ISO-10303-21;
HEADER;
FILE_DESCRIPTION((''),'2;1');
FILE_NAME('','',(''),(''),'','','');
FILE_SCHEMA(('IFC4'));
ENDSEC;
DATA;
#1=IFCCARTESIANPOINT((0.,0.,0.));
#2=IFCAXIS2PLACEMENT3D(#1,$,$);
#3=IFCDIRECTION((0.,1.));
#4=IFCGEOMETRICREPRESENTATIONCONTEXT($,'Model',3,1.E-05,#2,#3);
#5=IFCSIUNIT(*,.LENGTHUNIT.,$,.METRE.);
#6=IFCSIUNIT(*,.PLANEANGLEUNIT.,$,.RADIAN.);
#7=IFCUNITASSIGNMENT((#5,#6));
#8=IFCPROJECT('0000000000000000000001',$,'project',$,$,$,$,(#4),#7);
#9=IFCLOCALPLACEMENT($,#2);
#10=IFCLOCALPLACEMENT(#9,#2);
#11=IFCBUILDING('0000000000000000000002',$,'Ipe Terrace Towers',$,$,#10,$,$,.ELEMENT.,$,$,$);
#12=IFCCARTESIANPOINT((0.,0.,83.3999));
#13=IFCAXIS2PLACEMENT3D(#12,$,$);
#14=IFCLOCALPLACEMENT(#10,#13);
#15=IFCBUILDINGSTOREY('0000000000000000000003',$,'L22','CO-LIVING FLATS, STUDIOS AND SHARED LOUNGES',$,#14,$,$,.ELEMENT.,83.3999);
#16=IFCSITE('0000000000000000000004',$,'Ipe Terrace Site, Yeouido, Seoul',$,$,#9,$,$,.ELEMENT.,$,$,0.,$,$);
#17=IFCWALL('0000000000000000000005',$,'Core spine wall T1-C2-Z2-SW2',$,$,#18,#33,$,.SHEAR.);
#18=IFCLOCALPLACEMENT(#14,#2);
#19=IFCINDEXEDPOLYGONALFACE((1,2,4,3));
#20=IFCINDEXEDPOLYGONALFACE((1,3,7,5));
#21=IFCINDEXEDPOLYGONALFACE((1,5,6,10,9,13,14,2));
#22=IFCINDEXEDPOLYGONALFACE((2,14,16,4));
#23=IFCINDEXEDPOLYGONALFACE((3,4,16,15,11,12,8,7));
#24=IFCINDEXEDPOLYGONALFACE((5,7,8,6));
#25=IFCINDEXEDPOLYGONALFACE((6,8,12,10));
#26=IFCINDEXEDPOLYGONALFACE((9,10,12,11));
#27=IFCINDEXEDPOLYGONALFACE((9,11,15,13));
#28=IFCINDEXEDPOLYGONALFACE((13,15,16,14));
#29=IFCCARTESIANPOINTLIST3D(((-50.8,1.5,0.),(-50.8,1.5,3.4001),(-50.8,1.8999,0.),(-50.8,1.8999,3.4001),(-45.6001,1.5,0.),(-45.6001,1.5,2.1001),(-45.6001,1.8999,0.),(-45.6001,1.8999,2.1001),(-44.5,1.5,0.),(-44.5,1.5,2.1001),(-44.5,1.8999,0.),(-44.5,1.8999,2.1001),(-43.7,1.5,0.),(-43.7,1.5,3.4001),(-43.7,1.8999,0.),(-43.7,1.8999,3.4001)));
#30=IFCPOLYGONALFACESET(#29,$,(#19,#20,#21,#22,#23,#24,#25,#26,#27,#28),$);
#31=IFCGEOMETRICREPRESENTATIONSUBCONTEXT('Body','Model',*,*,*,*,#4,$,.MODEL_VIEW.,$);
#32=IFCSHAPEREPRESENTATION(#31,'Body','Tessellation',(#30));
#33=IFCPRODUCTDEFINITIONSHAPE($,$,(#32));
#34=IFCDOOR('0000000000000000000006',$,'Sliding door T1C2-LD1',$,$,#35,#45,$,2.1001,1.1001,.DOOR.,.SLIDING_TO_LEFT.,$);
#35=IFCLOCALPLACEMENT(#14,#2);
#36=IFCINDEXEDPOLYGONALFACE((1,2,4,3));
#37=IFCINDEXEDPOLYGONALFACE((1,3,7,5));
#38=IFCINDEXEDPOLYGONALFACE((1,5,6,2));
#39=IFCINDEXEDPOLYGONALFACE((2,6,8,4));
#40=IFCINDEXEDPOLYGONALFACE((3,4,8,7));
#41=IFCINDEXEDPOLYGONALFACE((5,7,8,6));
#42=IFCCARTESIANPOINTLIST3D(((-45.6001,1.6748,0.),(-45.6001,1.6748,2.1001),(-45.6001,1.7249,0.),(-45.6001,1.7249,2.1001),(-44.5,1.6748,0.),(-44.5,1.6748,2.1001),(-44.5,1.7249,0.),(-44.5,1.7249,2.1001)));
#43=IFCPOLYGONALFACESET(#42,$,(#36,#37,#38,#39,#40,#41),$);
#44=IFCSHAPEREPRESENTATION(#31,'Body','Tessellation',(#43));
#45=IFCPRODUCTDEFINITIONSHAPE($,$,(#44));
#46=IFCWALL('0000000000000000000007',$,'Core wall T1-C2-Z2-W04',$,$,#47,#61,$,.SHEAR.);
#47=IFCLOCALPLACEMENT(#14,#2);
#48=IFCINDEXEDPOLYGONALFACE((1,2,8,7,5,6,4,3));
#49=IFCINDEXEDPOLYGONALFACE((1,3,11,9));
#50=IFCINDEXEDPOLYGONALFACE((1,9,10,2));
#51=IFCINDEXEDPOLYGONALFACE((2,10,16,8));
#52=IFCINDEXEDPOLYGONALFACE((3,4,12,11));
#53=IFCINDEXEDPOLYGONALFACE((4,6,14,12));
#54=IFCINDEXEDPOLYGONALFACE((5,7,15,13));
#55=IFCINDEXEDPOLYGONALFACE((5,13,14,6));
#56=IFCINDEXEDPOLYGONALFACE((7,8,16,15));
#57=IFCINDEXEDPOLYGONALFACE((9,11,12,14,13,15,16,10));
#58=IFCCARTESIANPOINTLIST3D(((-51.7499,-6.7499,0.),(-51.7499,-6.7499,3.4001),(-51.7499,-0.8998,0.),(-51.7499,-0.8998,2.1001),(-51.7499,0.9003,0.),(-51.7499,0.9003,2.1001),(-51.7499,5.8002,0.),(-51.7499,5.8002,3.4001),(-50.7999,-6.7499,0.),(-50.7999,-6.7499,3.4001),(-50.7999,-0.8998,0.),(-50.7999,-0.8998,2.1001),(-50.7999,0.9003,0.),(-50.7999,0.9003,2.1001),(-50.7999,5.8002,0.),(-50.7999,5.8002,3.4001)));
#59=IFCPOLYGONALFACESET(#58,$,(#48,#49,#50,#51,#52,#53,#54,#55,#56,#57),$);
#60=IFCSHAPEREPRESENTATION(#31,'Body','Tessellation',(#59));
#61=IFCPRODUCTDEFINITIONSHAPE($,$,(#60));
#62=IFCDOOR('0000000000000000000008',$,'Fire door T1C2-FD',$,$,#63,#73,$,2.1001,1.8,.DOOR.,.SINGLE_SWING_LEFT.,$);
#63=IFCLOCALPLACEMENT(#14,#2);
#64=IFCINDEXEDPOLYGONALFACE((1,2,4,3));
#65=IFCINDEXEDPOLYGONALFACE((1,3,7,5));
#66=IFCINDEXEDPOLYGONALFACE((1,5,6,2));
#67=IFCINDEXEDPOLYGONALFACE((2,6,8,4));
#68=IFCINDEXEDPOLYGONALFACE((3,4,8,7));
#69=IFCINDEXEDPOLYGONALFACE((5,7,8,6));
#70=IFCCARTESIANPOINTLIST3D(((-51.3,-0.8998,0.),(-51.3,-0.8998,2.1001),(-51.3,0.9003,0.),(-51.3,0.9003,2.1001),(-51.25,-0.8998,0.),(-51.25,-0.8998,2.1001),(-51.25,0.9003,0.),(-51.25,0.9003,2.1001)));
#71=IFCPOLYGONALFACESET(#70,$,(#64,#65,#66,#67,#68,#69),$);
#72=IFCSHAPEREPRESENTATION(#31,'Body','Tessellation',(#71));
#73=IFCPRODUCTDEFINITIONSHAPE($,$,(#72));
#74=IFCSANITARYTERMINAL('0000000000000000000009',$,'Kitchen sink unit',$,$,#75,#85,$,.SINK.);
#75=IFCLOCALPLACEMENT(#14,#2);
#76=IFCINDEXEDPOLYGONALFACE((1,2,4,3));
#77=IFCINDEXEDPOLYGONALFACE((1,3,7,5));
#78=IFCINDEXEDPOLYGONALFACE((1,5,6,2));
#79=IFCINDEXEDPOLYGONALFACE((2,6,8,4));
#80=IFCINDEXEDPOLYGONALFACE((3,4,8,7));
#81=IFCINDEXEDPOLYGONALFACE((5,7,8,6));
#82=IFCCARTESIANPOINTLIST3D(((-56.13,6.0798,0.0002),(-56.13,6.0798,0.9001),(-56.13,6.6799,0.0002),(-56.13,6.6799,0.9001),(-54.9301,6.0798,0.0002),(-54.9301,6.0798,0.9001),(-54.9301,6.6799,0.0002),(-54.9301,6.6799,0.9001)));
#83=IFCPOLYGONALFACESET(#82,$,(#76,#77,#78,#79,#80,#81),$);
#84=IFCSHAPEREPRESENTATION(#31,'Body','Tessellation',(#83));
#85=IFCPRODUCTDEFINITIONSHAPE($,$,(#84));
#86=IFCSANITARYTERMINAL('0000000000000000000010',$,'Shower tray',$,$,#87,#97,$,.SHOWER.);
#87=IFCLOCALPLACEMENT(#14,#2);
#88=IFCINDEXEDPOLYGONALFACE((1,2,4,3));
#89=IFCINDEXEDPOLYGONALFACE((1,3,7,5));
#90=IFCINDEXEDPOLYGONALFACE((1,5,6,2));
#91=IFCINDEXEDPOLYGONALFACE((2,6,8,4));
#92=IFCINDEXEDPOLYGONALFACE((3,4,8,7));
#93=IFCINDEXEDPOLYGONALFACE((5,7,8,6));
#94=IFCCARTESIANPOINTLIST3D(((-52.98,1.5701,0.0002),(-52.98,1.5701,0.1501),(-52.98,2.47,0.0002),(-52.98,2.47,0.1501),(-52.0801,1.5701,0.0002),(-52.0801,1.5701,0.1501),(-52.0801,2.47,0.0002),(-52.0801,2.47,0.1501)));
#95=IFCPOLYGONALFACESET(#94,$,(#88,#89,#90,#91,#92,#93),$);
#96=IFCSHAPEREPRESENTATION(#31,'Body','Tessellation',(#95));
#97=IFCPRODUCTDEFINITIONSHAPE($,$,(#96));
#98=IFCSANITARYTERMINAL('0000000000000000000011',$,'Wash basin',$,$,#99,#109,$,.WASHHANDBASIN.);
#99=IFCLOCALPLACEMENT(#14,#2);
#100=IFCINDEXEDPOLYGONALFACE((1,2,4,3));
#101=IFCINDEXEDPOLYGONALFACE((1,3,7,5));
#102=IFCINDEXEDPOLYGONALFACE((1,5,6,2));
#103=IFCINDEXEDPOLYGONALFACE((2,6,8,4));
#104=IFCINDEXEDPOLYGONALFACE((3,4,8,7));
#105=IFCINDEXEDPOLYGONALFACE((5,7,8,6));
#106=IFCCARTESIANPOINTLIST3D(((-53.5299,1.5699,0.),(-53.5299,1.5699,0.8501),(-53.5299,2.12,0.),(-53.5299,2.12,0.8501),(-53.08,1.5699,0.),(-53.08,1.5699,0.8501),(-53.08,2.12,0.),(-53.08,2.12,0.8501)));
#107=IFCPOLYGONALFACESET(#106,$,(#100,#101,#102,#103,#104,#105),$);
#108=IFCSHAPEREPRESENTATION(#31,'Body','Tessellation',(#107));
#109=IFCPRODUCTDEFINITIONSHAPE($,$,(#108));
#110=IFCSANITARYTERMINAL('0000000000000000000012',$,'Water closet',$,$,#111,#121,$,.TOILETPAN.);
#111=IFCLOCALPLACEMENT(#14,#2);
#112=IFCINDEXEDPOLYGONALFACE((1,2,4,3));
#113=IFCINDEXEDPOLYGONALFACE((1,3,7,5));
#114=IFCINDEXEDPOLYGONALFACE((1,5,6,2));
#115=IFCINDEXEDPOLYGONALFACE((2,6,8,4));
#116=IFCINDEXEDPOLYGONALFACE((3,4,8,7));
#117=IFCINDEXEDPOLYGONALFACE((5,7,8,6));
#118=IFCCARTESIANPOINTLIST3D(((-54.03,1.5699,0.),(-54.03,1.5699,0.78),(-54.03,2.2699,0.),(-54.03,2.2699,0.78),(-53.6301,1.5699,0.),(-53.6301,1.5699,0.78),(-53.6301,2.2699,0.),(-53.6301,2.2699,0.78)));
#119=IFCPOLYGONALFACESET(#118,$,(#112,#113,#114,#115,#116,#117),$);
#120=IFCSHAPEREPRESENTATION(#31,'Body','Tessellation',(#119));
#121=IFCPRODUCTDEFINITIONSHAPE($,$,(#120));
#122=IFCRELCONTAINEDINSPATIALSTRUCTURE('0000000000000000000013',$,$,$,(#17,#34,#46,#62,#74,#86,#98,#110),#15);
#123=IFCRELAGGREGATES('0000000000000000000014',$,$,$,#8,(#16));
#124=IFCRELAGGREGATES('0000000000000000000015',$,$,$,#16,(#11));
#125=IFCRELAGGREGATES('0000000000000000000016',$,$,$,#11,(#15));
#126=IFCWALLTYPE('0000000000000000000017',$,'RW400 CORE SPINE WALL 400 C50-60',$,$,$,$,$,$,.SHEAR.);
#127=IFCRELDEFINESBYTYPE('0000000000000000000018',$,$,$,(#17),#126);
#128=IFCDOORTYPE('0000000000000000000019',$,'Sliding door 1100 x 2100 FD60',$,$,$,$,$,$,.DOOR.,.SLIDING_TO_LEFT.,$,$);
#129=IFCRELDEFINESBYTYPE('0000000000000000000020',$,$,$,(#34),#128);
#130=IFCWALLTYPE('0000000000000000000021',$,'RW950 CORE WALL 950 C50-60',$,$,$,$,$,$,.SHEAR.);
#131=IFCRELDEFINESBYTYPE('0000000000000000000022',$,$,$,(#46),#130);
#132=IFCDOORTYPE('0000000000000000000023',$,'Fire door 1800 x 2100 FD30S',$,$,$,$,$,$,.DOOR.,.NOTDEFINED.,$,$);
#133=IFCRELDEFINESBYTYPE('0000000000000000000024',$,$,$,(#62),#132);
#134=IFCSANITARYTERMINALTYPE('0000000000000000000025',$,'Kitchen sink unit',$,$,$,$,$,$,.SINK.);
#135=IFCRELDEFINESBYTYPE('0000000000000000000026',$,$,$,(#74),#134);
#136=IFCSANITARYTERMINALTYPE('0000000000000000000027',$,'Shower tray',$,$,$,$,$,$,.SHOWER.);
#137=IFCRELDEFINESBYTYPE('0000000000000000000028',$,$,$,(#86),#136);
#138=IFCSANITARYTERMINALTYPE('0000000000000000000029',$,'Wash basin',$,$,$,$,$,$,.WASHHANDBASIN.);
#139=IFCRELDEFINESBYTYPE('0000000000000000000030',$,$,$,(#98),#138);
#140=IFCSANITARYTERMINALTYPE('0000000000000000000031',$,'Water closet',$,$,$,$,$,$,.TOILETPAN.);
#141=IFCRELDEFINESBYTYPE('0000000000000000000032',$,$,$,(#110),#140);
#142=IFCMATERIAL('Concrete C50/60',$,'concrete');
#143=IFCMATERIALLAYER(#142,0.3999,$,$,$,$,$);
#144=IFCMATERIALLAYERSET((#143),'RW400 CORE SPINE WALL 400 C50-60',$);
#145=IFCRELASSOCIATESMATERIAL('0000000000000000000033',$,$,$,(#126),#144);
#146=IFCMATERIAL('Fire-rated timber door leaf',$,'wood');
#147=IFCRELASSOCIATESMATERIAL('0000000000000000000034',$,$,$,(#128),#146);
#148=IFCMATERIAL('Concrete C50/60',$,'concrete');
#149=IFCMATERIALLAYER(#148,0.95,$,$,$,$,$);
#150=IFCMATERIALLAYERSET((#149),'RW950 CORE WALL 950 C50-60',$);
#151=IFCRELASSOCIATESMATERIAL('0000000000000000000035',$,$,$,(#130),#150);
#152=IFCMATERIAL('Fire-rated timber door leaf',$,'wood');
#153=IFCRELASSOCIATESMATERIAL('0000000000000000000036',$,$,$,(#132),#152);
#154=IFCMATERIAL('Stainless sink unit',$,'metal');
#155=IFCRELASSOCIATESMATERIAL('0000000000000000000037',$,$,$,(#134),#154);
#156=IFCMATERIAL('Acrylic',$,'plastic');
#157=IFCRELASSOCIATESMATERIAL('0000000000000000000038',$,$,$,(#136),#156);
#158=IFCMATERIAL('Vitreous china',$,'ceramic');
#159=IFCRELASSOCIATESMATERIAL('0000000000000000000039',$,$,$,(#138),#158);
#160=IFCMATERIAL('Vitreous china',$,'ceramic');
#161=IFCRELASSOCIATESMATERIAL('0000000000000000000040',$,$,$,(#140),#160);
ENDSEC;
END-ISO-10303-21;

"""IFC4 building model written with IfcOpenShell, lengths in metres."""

from ifc_helpers import new_model, si_unit, direction, frame, frame_2d, origin, origin_2d, place, context, subcontext, project, spatial, rectangle, extrude, material, layer, layer_set, type_object, element, fill, save


model = new_model("IFC4")

# Units and contexts
model_context = context("Model", 3, precision=1e-05, world=origin(), true_north=direction((0.0, 1.0)))
body_context = subcontext(model_context, "Body", "Model", "MODEL_VIEW")
ifc_project = project(units=[si_unit("LENGTHUNIT", "METRE"), si_unit("PLANEANGLEUNIT", "RADIAN")], contexts=[model_context])

# Site, building, storey
site_placement = place(None, origin())
site = spatial("IfcSite", under=ifc_project, at=site_placement, Name="Ipe Terrace Site, Yeouido, Seoul", CompositionType="ELEMENT", RefElevation=0.0)
building_placement = place(site_placement, origin())
building = spatial("IfcBuilding", under=site, at=building_placement, Name="Ipe Terrace Towers", CompositionType="ELEMENT")
storey_placement = place(building_placement, frame((0.0, 0.0, 83.3999)))
storey = spatial("IfcBuildingStorey", under=building, at=storey_placement, Name="L22", Description="CO-LIVING FLATS, STUDIOS AND SHARED LOUNGES", CompositionType="ELEMENT", Elevation=83.3999)

# Walls, openings, doors
ifc_material_1 = material(Name="Concrete C50/60", Category="concrete")
ifc_layer_1 = layer(ifc_material_1, 0.3999)
ifc_layer_set_1 = layer_set([ifc_layer_1], Name="RW400 CORE SPINE WALL 400 C50-60")
wall_type_1 = type_object("IfcWallType", Name="RW400 CORE SPINE WALL 400 C50-60", PredefinedType="SHEAR", material=ifc_layer_set_1)
wall_1_placement = place(storey_placement, frame((-50.8, 1.7, 0.0), z_axis=(0.0, 0.0, 1.0), x_axis=(1.0, 0.0, 0.0)))
wall_1 = element("IfcWall", 1, at=wall_1_placement, inside=storey, type_object=wall_type_1, Name="Core spine wall T1-C2-Z2-SW2", PredefinedType="SHEAR", context=body_context, shape_type="SweptSolid", body=[
    extrude(rectangle(XDim=7.1001, YDim=0.3999, at=frame_2d((3.55, 0.0))), origin(), (0.0, 0.0, 1.0), 3.4001),
])
opening_1_placement = place(wall_1_placement, frame((5.2, 0.0, 0.0)))
opening_1 = element("IfcOpeningElement", 2, at=opening_1_placement, cuts=wall_1, PredefinedType="OPENING", context=body_context, shape_type="SweptSolid", body=[
    extrude(rectangle(XDim=1.1001, YDim=2.1001, at=frame_2d((0.55, 1.05))), frame((0.0, 0.21, 0.0), z_axis=(0.0, -1.0, 0.0), x_axis=(1.0, 0.0, 0.0)), (0.0, 0.0, 1.0), 0.4199),
])
ifc_material_2 = material(Name="Fire-rated timber door leaf", Category="wood")
door_type_1 = type_object("IfcDoorType", Name="Sliding door 1100 x 2100 FD60", OperationType="SLIDING_TO_LEFT", PredefinedType="DOOR", material=ifc_material_2)
door_1_placement = place(opening_1_placement, origin())
door_1 = element("IfcDoor", 3, at=door_1_placement, inside=storey, type_object=door_type_1, Name="Sliding door T1C2-LD1", OperationType="SLIDING_TO_LEFT", OverallHeight=2.1001, OverallWidth=1.1001, PredefinedType="DOOR", context=body_context, shape_type="SweptSolid", body=[
    extrude(rectangle(XDim=1.1001, YDim=2.1001, at=frame_2d((0.55, 1.05))), frame((0.0, 0.0249, 0.0), z_axis=(0.0, -1.0, 0.0), x_axis=(1.0, 0.0, 0.0)), (0.0, 0.0, 1.0), 0.05),
])
fill(opening_1, door_1)
ifc_material_3 = material(Name="Concrete C50/60", Category="concrete")
ifc_layer_2 = layer(ifc_material_3, 0.95)
ifc_layer_set_2 = layer_set([ifc_layer_2], Name="RW950 CORE WALL 950 C50-60")
wall_type_2 = type_object("IfcWallType", Name="RW950 CORE WALL 950 C50-60", PredefinedType="SHEAR", material=ifc_layer_set_2)
wall_2_placement = place(storey_placement, frame((-51.2749, 5.8, 0.0), z_axis=(0.0, 0.0, 1.0), x_axis=(0.0, -1.0, 0.0)))
wall_2 = element("IfcWall", 4, at=wall_2_placement, inside=storey, type_object=wall_type_2, Name="Core wall T1-C2-Z2-W04", PredefinedType="SHEAR", context=body_context, shape_type="SweptSolid", body=[
    extrude(rectangle(XDim=12.55, YDim=0.95, at=frame_2d((6.2749, 0.0))), origin(), (0.0, 0.0, 1.0), 3.4001),
])
opening_2_placement = place(wall_2_placement, frame((4.8999, 0.0, 0.0)))
opening_2 = element("IfcOpeningElement", 5, at=opening_2_placement, cuts=wall_2, PredefinedType="OPENING", context=body_context, shape_type="SweptSolid", body=[
    extrude(rectangle(XDim=1.8, YDim=2.1001, at=frame_2d((0.8999, 1.05))), frame((0.0, 0.4849, 0.0), z_axis=(0.0, -1.0, 0.0), x_axis=(1.0, 0.0, 0.0)), (0.0, 0.0, 1.0), 0.97),
])
ifc_material_4 = material(Name="Fire-rated timber door leaf", Category="wood")
door_type_2 = type_object("IfcDoorType", Name="Fire door 1800 x 2100 FD30S", OperationType="NOTDEFINED", PredefinedType="DOOR", material=ifc_material_4)
door_2_placement = place(opening_2_placement, origin())
door_2 = element("IfcDoor", 6, at=door_2_placement, inside=storey, type_object=door_type_2, Name="Fire door T1C2-FD", OperationType="SINGLE_SWING_LEFT", OverallHeight=2.1001, OverallWidth=1.8, PredefinedType="DOOR", context=body_context, shape_type="SweptSolid", body=[
    extrude(rectangle(XDim=1.8, YDim=2.1001, at=frame_2d((0.8999, 1.05))), frame((0.0, 0.0249, 0.0), z_axis=(0.0, -1.0, 0.0), x_axis=(1.0, 0.0, 0.0)), (0.0, 0.0, 1.0), 0.05),
])
fill(opening_2, door_2)

# Sanitary terminals
ifc_material_5 = material(Name="Stainless sink unit", Category="metal")
sanitary_terminal_type_1 = type_object("IfcSanitaryTerminalType", Name="Kitchen sink unit", PredefinedType="SINK", material=ifc_material_5)
sanitary_terminal_1_placement = place(storey_placement, frame((-55.53, 6.3799, 0.0002), z_axis=(0.0, 0.0, 1.0), x_axis=(1.0, 0.0, 0.0)))
element("IfcSanitaryTerminal", 7, at=sanitary_terminal_1_placement, inside=storey, type_object=sanitary_terminal_type_1, Name="Kitchen sink unit", PredefinedType="SINK", context=body_context, shape_type="SweptSolid", body=[
    extrude(rectangle(XDim=1.2, YDim=0.6001, at=origin_2d()), origin(), (0.0, 0.0, 1.0), 0.8999),
])
ifc_material_6 = material(Name="Acrylic", Category="plastic")
sanitary_terminal_type_2 = type_object("IfcSanitaryTerminalType", Name="Shower tray", PredefinedType="SHOWER", material=ifc_material_6)
sanitary_terminal_2_placement = place(storey_placement, frame((-52.53, 2.02, 0.0002), z_axis=(0.0, 0.0, 1.0), x_axis=(0.0, 1.0, 0.0)))
element("IfcSanitaryTerminal", 8, at=sanitary_terminal_2_placement, inside=storey, type_object=sanitary_terminal_type_2, Name="Shower tray", PredefinedType="SHOWER", context=body_context, shape_type="SweptSolid", body=[
    extrude(rectangle(XDim=0.8999, YDim=0.8999, at=origin_2d()), origin(), (0.0, 0.0, 1.0), 0.1499),
])
ifc_material_7 = material(Name="Vitreous china", Category="ceramic")
sanitary_terminal_type_3 = type_object("IfcSanitaryTerminalType", Name="Wash basin", PredefinedType="WASHHANDBASIN", material=ifc_material_7)
sanitary_terminal_3_placement = place(storey_placement, frame((-53.3049, 1.845, 0.0), z_axis=(0.0, 0.0, 1.0), x_axis=(0.0, 1.0, 0.0)))
element("IfcSanitaryTerminal", 9, at=sanitary_terminal_3_placement, inside=storey, type_object=sanitary_terminal_type_3, Name="Wash basin", PredefinedType="WASHHANDBASIN", context=body_context, shape_type="SweptSolid", body=[
    extrude(rectangle(XDim=0.55, YDim=0.45, at=origin_2d()), origin(), (0.0, 0.0, 1.0), 0.8501),
])
ifc_material_8 = material(Name="Vitreous china", Category="ceramic")
sanitary_terminal_type_4 = type_object("IfcSanitaryTerminalType", Name="Water closet", PredefinedType="TOILETPAN", material=ifc_material_8)
sanitary_terminal_4_placement = place(storey_placement, frame((-53.8301, 1.9199, 0.0), z_axis=(0.0, 0.0, 1.0), x_axis=(0.0, 1.0, 0.0)))
element("IfcSanitaryTerminal", 10, at=sanitary_terminal_4_placement, inside=storey, type_object=sanitary_terminal_type_4, Name="Water closet", PredefinedType="TOILETPAN", context=body_context, shape_type="SweptSolid", body=[
    extrude(rectangle(XDim=0.7, YDim=0.3999, at=origin_2d()), origin(), (0.0, 0.0, 1.0), 0.78),
])

save(model, "model.ifc")
